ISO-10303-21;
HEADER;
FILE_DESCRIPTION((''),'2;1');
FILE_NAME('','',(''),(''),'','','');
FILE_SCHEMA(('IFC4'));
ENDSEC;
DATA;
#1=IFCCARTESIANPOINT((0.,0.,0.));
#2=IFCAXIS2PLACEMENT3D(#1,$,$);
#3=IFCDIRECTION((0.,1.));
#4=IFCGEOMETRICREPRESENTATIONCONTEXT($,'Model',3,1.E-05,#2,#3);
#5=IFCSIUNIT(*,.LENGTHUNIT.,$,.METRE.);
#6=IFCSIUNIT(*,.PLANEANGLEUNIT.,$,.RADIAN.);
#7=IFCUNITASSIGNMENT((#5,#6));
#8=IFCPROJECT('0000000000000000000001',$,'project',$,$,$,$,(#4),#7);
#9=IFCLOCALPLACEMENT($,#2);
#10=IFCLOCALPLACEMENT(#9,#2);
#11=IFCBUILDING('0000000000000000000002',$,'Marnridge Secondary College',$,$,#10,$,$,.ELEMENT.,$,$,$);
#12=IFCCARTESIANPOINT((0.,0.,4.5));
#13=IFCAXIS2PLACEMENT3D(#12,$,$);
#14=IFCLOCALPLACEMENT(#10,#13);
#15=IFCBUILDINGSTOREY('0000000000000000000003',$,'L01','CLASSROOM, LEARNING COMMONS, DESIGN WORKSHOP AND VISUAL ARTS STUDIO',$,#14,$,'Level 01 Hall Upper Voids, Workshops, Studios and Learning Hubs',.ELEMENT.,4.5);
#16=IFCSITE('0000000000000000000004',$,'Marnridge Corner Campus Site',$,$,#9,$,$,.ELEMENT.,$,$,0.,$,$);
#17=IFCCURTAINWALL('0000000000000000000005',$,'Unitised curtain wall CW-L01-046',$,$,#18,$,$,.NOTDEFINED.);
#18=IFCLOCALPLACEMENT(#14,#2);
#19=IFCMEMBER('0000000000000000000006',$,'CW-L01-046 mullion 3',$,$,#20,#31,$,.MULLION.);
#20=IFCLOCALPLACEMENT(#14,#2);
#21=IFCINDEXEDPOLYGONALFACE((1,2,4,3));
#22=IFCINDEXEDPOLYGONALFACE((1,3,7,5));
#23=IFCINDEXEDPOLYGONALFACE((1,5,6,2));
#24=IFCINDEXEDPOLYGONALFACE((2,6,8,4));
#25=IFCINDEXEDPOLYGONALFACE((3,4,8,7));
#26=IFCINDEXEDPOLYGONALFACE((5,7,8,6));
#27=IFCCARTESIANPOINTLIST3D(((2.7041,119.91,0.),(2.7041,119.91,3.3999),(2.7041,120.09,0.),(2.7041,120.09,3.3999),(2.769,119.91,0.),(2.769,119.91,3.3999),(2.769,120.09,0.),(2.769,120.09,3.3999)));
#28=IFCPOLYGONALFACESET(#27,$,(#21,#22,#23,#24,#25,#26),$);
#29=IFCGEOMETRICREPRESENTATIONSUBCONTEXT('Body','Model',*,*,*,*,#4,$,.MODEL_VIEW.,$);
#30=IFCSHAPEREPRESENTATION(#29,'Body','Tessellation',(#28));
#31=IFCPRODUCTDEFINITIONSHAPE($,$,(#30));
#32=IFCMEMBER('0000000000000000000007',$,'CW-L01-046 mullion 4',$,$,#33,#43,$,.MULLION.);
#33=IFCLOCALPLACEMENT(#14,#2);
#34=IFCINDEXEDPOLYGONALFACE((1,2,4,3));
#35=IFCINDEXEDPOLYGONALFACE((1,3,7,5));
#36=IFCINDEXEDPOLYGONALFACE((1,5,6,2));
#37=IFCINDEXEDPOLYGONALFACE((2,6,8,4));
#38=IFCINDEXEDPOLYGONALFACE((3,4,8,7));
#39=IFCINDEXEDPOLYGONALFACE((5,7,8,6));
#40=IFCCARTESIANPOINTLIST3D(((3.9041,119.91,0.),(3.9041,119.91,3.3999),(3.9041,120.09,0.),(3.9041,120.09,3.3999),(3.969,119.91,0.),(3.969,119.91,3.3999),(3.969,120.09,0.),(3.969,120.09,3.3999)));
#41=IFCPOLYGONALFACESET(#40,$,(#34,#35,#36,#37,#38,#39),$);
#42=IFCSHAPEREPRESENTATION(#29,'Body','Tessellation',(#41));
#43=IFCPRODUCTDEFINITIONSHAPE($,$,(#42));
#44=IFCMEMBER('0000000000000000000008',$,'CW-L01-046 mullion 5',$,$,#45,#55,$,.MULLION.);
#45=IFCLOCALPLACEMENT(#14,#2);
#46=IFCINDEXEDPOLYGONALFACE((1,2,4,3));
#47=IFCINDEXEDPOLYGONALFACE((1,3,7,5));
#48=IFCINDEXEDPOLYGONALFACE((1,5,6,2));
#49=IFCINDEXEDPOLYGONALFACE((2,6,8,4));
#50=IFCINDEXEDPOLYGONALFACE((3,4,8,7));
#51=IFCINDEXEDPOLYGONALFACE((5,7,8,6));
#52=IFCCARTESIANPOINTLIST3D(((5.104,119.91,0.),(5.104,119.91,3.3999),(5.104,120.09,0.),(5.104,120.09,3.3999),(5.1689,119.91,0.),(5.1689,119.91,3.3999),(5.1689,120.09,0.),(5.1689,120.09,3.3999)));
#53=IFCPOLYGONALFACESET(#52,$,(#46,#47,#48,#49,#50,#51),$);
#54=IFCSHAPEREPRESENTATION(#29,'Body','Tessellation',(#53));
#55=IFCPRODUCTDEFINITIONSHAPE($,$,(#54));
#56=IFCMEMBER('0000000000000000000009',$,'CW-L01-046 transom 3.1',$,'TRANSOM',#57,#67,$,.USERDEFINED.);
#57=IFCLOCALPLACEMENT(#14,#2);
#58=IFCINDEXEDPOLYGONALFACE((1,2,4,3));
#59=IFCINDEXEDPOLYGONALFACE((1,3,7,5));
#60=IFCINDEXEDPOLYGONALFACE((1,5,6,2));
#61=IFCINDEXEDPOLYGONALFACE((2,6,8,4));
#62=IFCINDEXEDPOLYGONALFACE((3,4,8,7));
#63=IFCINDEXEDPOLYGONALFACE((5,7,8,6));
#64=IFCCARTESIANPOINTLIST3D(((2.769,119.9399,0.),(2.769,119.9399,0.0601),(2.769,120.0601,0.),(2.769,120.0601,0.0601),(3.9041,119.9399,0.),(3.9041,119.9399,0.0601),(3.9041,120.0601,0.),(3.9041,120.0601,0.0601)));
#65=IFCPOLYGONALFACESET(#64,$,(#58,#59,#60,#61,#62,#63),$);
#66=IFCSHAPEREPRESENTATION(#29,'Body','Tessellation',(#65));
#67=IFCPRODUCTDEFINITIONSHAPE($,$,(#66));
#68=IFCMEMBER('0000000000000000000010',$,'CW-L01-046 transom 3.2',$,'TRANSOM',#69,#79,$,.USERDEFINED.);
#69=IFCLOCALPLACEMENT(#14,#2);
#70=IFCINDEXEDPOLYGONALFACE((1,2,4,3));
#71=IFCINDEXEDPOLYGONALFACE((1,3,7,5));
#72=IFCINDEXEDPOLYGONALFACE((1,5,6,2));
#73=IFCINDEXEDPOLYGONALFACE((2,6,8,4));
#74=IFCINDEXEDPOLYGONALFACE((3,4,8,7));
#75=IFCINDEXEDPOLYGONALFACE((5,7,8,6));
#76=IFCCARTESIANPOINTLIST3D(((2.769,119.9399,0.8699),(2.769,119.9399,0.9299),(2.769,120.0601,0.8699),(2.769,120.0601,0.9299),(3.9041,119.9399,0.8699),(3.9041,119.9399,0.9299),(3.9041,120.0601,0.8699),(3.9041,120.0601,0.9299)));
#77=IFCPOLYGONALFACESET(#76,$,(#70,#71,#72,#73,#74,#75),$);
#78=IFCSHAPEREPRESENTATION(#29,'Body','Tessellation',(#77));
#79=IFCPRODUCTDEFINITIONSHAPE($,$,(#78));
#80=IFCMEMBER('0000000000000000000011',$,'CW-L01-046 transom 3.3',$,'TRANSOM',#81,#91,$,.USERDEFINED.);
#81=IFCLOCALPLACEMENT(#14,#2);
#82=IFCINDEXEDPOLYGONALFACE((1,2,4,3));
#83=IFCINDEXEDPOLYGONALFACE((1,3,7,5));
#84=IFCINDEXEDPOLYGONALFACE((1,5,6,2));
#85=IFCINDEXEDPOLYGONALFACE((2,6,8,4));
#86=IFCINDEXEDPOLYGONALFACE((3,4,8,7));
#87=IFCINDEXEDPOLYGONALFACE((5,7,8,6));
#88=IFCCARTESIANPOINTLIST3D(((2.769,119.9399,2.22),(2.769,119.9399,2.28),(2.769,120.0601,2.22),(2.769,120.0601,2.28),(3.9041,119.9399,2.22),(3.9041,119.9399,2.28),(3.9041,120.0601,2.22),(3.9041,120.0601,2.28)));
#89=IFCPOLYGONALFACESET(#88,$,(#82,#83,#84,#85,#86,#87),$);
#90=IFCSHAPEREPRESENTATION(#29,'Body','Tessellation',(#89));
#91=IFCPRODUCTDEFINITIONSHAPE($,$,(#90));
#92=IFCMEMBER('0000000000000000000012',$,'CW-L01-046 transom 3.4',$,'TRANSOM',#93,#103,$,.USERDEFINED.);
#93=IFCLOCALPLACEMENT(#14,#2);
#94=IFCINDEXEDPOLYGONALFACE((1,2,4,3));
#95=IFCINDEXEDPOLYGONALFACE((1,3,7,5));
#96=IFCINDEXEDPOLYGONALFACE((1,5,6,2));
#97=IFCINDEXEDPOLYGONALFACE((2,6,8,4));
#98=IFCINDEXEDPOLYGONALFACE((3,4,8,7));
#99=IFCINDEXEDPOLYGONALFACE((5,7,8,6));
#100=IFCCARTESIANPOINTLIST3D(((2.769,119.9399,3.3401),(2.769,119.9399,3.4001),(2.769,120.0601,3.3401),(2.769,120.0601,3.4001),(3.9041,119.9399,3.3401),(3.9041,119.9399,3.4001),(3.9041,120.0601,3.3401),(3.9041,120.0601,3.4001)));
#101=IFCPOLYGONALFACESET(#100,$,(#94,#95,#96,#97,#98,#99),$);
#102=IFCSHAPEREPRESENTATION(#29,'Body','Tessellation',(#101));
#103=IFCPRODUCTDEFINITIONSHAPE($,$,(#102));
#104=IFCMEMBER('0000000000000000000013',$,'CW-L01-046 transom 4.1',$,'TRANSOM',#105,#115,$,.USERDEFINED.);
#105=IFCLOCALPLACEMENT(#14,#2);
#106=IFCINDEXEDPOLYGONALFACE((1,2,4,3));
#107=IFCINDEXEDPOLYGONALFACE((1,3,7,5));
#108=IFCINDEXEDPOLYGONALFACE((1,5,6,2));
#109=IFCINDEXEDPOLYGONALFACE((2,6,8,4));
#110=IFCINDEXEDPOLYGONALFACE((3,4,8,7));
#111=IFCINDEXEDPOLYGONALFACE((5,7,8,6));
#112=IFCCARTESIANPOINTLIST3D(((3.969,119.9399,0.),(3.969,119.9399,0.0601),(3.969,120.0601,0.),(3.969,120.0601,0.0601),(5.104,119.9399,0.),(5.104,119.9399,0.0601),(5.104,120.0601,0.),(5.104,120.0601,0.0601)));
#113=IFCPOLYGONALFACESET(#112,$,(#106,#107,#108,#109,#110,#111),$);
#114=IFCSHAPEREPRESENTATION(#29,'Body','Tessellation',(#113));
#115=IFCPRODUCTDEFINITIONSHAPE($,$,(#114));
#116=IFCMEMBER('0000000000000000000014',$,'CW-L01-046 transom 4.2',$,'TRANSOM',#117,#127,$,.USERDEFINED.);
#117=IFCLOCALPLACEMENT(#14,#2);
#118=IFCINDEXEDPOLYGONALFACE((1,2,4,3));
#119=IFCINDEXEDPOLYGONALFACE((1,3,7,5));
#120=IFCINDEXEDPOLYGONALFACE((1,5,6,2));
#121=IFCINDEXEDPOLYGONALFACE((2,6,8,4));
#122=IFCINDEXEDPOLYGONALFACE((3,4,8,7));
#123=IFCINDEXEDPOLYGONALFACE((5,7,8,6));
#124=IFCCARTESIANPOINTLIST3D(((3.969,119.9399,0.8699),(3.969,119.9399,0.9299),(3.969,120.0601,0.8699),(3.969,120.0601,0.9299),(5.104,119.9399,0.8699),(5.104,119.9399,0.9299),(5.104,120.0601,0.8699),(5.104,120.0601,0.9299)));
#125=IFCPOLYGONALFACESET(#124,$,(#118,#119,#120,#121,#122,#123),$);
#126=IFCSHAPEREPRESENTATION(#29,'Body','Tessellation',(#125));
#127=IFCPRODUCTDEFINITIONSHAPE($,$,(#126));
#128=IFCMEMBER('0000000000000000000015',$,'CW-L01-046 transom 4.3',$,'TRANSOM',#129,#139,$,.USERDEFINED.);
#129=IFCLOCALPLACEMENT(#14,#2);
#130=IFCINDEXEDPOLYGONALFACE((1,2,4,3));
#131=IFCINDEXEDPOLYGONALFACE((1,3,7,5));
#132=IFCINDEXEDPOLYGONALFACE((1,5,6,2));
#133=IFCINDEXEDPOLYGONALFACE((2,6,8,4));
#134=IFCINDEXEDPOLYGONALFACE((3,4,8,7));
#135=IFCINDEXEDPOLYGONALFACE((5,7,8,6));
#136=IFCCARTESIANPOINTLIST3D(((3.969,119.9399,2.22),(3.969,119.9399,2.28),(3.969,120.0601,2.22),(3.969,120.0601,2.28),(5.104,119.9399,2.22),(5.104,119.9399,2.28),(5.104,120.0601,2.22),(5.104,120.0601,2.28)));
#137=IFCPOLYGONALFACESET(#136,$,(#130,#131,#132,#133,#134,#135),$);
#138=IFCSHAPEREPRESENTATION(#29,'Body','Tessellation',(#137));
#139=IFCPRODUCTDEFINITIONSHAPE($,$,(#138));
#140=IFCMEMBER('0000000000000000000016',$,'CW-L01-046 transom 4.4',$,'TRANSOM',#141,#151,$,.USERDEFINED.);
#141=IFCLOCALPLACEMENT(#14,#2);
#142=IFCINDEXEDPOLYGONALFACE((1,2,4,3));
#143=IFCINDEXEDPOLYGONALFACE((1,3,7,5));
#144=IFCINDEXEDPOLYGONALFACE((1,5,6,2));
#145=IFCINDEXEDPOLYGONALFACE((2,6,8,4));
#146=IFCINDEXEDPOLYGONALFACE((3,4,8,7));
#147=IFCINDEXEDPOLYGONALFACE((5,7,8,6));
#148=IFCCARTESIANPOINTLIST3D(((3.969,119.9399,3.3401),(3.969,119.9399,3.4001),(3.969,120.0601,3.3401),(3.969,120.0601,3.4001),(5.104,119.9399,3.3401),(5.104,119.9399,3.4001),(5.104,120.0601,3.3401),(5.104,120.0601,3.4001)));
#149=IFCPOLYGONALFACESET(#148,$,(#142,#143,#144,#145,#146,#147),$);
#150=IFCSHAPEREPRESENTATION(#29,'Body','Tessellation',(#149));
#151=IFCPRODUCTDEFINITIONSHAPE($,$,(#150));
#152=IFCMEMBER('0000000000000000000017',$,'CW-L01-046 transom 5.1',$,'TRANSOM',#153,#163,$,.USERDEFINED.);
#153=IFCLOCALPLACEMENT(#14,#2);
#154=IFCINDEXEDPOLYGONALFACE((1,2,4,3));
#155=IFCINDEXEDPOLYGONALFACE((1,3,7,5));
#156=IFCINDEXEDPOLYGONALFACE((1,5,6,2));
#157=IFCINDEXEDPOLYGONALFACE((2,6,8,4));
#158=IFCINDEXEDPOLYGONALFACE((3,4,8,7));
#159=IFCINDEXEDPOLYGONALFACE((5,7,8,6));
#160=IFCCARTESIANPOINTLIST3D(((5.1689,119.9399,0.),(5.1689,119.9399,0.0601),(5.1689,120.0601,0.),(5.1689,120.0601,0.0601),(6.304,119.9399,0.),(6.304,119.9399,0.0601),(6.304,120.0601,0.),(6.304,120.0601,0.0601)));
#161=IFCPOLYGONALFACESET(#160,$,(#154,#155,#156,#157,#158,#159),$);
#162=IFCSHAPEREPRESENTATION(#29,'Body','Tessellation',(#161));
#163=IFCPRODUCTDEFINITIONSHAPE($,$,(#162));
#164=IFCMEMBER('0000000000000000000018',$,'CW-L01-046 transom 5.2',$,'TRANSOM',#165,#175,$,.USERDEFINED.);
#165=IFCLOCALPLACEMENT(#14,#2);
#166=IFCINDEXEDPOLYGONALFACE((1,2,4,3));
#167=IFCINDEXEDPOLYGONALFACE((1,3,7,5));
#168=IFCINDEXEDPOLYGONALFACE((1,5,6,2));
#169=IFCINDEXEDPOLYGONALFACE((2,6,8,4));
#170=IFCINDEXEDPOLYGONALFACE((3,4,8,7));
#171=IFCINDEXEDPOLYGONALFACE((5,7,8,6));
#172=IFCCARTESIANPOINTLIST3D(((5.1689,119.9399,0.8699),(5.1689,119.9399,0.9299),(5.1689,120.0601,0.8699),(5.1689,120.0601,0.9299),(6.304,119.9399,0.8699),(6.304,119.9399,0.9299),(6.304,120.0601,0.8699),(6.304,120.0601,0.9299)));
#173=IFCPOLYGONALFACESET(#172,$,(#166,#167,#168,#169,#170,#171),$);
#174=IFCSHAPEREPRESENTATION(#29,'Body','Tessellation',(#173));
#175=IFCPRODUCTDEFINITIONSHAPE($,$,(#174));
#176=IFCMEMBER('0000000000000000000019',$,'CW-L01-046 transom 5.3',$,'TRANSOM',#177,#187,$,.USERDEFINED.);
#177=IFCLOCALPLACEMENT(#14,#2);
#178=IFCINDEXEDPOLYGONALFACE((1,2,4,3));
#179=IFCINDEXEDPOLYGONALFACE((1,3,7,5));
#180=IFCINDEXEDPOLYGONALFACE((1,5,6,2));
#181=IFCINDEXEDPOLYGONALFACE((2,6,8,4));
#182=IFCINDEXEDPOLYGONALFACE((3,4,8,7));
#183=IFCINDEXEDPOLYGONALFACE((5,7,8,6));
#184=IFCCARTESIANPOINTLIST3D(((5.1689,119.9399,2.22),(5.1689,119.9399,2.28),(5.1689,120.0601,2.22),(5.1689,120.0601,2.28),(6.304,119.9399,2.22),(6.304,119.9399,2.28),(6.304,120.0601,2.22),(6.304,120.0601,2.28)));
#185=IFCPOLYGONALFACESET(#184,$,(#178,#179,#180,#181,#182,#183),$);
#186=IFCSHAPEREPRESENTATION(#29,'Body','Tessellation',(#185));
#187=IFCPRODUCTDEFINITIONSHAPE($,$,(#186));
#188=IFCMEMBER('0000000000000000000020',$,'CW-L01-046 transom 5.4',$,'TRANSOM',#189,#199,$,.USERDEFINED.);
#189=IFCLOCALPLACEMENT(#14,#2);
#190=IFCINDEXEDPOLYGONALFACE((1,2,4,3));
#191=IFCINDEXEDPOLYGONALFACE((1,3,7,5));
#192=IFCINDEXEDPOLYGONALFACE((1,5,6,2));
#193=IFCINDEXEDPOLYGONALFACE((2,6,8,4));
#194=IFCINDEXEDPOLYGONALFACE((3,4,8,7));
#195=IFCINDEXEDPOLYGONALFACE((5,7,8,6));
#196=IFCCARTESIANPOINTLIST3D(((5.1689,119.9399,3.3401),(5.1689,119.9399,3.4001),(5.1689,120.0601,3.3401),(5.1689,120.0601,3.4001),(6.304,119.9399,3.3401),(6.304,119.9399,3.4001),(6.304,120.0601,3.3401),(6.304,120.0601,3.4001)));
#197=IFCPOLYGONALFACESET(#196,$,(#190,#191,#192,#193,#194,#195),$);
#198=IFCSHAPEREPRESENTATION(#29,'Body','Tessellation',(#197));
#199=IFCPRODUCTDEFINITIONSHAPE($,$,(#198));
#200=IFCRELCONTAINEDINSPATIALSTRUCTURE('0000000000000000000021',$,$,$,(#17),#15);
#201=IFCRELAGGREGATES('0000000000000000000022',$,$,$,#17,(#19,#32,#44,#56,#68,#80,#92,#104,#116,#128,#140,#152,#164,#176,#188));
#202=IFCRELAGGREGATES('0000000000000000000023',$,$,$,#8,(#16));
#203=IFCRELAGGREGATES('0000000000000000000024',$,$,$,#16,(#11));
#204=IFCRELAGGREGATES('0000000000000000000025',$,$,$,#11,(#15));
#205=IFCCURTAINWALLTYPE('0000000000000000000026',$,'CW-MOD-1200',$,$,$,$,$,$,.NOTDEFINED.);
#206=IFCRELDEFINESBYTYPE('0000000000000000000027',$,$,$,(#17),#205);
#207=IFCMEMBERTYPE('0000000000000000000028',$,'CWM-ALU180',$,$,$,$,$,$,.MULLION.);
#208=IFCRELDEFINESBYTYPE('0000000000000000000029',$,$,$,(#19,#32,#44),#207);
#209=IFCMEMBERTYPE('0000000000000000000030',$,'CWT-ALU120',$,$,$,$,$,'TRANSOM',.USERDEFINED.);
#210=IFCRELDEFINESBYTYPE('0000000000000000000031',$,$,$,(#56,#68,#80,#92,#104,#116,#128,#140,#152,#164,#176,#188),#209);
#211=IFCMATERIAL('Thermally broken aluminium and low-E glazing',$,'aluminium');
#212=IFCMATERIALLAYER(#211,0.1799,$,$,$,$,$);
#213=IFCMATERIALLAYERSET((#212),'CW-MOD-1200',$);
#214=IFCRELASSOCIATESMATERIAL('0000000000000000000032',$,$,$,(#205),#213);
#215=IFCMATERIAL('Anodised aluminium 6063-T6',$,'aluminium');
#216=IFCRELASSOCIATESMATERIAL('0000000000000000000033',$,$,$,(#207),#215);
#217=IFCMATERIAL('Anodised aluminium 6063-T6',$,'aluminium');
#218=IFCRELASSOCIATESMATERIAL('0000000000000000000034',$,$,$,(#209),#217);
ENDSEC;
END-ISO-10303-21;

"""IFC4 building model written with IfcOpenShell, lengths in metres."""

from ifc_helpers import new_model, si_unit, direction, frame, origin, origin_2d, place, context, subcontext, project, spatial, rectangle, extrude, material, layer, layer_set, material_profile, profile_set, type_object, element, aggregate, save


model = new_model("IFC4")

# Units and contexts
model_context = context("Model", 3, precision=1e-05, world=origin(), true_north=direction((0.0, 1.0)))
body_context = subcontext(model_context, "Body", "Model", "MODEL_VIEW")
ifc_project = project(units=[si_unit("LENGTHUNIT", "METRE"), si_unit("PLANEANGLEUNIT", "RADIAN")], contexts=[model_context])

# Site, building, storey
site_placement = place(None, origin())
site = spatial("IfcSite", under=ifc_project, at=site_placement, Name="Marnridge Corner Campus Site", CompositionType="ELEMENT", RefElevation=0.0)
building_placement = place(site_placement, origin())
building = spatial("IfcBuilding", under=site, at=building_placement, Name="Marnridge Secondary College", CompositionType="ELEMENT")
storey_placement = place(building_placement, frame((0.0, 0.0, 4.5)))
storey = spatial("IfcBuildingStorey", under=building, at=storey_placement, Name="L01", Description="CLASSROOM, LEARNING COMMONS, DESIGN WORKSHOP AND VISUAL ARTS STUDIO", LongName="Level 01 Hall Upper Voids, Workshops, Studios and Learning Hubs", CompositionType="ELEMENT", Elevation=4.5)

# Curtain wall, members
ifc_material_1 = material(Name="Thermally broken aluminium and low-E glazing", Category="aluminium")
ifc_layer_1 = layer(ifc_material_1, 0.1799)
ifc_layer_set_1 = layer_set([ifc_layer_1], Name="CW-MOD-1200")
curtain_wall_type = type_object("IfcCurtainWallType", Name="CW-MOD-1200", PredefinedType="NOTDEFINED", material=ifc_layer_set_1)
curtain_wall_placement = place(storey_placement, origin())
curtain_wall = element("IfcCurtainWall", 1, at=curtain_wall_placement, inside=storey, type_object=curtain_wall_type, Name="Unitised curtain wall CW-L01-046", PredefinedType="NOTDEFINED")
ifc_material_2 = material(Name="Anodised aluminium 6063-T6", Category="aluminium")
ifc_material_profile_1 = material_profile(ifc_material_2, rectangle(XDim=0.0649, YDim=0.1799, at=origin_2d()), Name="ALU 65x180")
ifc_profile_set_1 = profile_set([ifc_material_profile_1], Name="Anodised aluminium 6063-T6")
member_type_1 = type_object("IfcMemberType", Name="CWM-ALU180", PredefinedType="MULLION", material=ifc_profile_set_1)
member_1_placement = place(storey_placement, frame((2.7366, 120.0, 0.0), z_axis=(0.0, 0.0, 1.0), x_axis=(1.0, 0.0, 0.0)))
member_1 = element("IfcMember", 2, at=member_1_placement, type_object=member_type_1, Name="CW-L01-046 mullion 3", PredefinedType="MULLION", context=body_context, shape_type="SweptSolid", body=[
    extrude(rectangle(XDim=0.0649, YDim=0.1799, at=origin_2d()), origin(), (0.0, 0.0, 1.0), 3.3999),
])
member_2_placement = place(storey_placement, frame((3.9365, 120.0, 0.0), z_axis=(0.0, 0.0, 1.0), x_axis=(1.0, 0.0, 0.0)))
member_2 = element("IfcMember", 3, at=member_2_placement, type_object=member_type_1, Name="CW-L01-046 mullion 4", PredefinedType="MULLION", context=body_context, shape_type="SweptSolid", body=[
    extrude(rectangle(XDim=0.0649, YDim=0.1799, at=origin_2d()), origin(), (0.0, 0.0, 1.0), 3.3999),
])
member_3_placement = place(storey_placement, frame((5.1365, 120.0, 0.0), z_axis=(0.0, 0.0, 1.0), x_axis=(1.0, 0.0, 0.0)))
member_3 = element("IfcMember", 4, at=member_3_placement, type_object=member_type_1, Name="CW-L01-046 mullion 5", PredefinedType="MULLION", context=body_context, shape_type="SweptSolid", body=[
    extrude(rectangle(XDim=0.0649, YDim=0.1799, at=origin_2d()), origin(), (0.0, 0.0, 1.0), 3.3999),
])
ifc_material_3 = material(Name="Anodised aluminium 6063-T6", Category="aluminium")
ifc_material_profile_2 = material_profile(ifc_material_3, rectangle(XDim=0.0601, YDim=0.1201, at=origin_2d()), Name="ALU 60x120")
ifc_profile_set_2 = profile_set([ifc_material_profile_2], Name="Anodised aluminium 6063-T6")
member_type_2 = type_object("IfcMemberType", Name="CWT-ALU120", ElementType="TRANSOM", PredefinedType="USERDEFINED", material=ifc_profile_set_2)
member_4_placement = place(storey_placement, frame((2.769, 120.0, 0.03), z_axis=(1.0, 0.0, 0.0), x_axis=(0.0, 0.0, 1.0)))
member_4 = element("IfcMember", 5, at=member_4_placement, type_object=member_type_2, Name="CW-L01-046 transom 3.1", ObjectType="TRANSOM", PredefinedType="USERDEFINED", context=body_context, shape_type="SweptSolid", body=[
    extrude(rectangle(XDim=0.0601, YDim=0.1201, at=origin_2d()), origin(), (0.0, 0.0, 1.0), 1.135),
])
member_5_placement = place(storey_placement, frame((2.769, 120.0, 0.8999), z_axis=(1.0, 0.0, 0.0), x_axis=(0.0, 0.0, 1.0)))
member_5 = element("IfcMember", 6, at=member_5_placement, type_object=member_type_2, Name="CW-L01-046 transom 3.2", ObjectType="TRANSOM", PredefinedType="USERDEFINED", context=body_context, shape_type="SweptSolid", body=[
    extrude(rectangle(XDim=0.0601, YDim=0.1201, at=origin_2d()), origin(), (0.0, 0.0, 1.0), 1.135),
])
member_6_placement = place(storey_placement, frame((2.769, 120.0, 2.25), z_axis=(1.0, 0.0, 0.0), x_axis=(0.0, 0.0, 1.0)))
member_6 = element("IfcMember", 7, at=member_6_placement, type_object=member_type_2, Name="CW-L01-046 transom 3.3", ObjectType="TRANSOM", PredefinedType="USERDEFINED", context=body_context, shape_type="SweptSolid", body=[
    extrude(rectangle(XDim=0.0601, YDim=0.1201, at=origin_2d()), origin(), (0.0, 0.0, 1.0), 1.135),
])
member_7_placement = place(storey_placement, frame((2.769, 120.0, 3.3701), z_axis=(1.0, 0.0, 0.0), x_axis=(0.0, 0.0, 1.0)))
member_7 = element("IfcMember", 8, at=member_7_placement, type_object=member_type_2, Name="CW-L01-046 transom 3.4", ObjectType="TRANSOM", PredefinedType="USERDEFINED", context=body_context, shape_type="SweptSolid", body=[
    extrude(rectangle(XDim=0.0601, YDim=0.1201, at=origin_2d()), origin(), (0.0, 0.0, 1.0), 1.135),
])
member_8_placement = place(storey_placement, frame((3.969, 120.0, 0.03), z_axis=(1.0, 0.0, 0.0), x_axis=(0.0, 0.0, 1.0)))
member_8 = element("IfcMember", 9, at=member_8_placement, type_object=member_type_2, Name="CW-L01-046 transom 4.1", ObjectType="TRANSOM", PredefinedType="USERDEFINED", context=body_context, shape_type="SweptSolid", body=[
    extrude(rectangle(XDim=0.0601, YDim=0.1201, at=origin_2d()), origin(), (0.0, 0.0, 1.0), 1.135),
])
member_9_placement = place(storey_placement, frame((3.969, 120.0, 0.8999), z_axis=(1.0, 0.0, 0.0), x_axis=(0.0, 0.0, 1.0)))
member_9 = element("IfcMember", 10, at=member_9_placement, type_object=member_type_2, Name="CW-L01-046 transom 4.2", ObjectType="TRANSOM", PredefinedType="USERDEFINED", context=body_context, shape_type="SweptSolid", body=[
    extrude(rectangle(XDim=0.0601, YDim=0.1201, at=origin_2d()), origin(), (0.0, 0.0, 1.0), 1.135),
])
member_10_placement = place(storey_placement, frame((3.969, 120.0, 2.25), z_axis=(1.0, 0.0, 0.0), x_axis=(0.0, 0.0, 1.0)))
member_10 = element("IfcMember", 11, at=member_10_placement, type_object=member_type_2, Name="CW-L01-046 transom 4.3", ObjectType="TRANSOM", PredefinedType="USERDEFINED", context=body_context, shape_type="SweptSolid", body=[
    extrude(rectangle(XDim=0.0601, YDim=0.1201, at=origin_2d()), origin(), (0.0, 0.0, 1.0), 1.135),
])
member_11_placement = place(storey_placement, frame((3.969, 120.0, 3.3701), z_axis=(1.0, 0.0, 0.0), x_axis=(0.0, 0.0, 1.0)))
member_11 = element("IfcMember", 12, at=member_11_placement, type_object=member_type_2, Name="CW-L01-046 transom 4.4", ObjectType="TRANSOM", PredefinedType="USERDEFINED", context=body_context, shape_type="SweptSolid", body=[
    extrude(rectangle(XDim=0.0601, YDim=0.1201, at=origin_2d()), origin(), (0.0, 0.0, 1.0), 1.135),
])
member_12_placement = place(storey_placement, frame((5.1689, 120.0, 0.03), z_axis=(1.0, 0.0, 0.0), x_axis=(0.0, 0.0, 1.0)))
member_12 = element("IfcMember", 13, at=member_12_placement, type_object=member_type_2, Name="CW-L01-046 transom 5.1", ObjectType="TRANSOM", PredefinedType="USERDEFINED", context=body_context, shape_type="SweptSolid", body=[
    extrude(rectangle(XDim=0.0601, YDim=0.1201, at=origin_2d()), origin(), (0.0, 0.0, 1.0), 1.135),
])
member_13_placement = place(storey_placement, frame((5.1689, 120.0, 0.8999), z_axis=(1.0, 0.0, 0.0), x_axis=(0.0, 0.0, 1.0)))
member_13 = element("IfcMember", 14, at=member_13_placement, type_object=member_type_2, Name="CW-L01-046 transom 5.2", ObjectType="TRANSOM", PredefinedType="USERDEFINED", context=body_context, shape_type="SweptSolid", body=[
    extrude(rectangle(XDim=0.0601, YDim=0.1201, at=origin_2d()), origin(), (0.0, 0.0, 1.0), 1.135),
])
member_14_placement = place(storey_placement, frame((5.1689, 120.0, 2.25), z_axis=(1.0, 0.0, 0.0), x_axis=(0.0, 0.0, 1.0)))
member_14 = element("IfcMember", 15, at=member_14_placement, type_object=member_type_2, Name="CW-L01-046 transom 5.3", ObjectType="TRANSOM", PredefinedType="USERDEFINED", context=body_context, shape_type="SweptSolid", body=[
    extrude(rectangle(XDim=0.0601, YDim=0.1201, at=origin_2d()), origin(), (0.0, 0.0, 1.0), 1.135),
])
member_15_placement = place(storey_placement, frame((5.1689, 120.0, 3.3701), z_axis=(1.0, 0.0, 0.0), x_axis=(0.0, 0.0, 1.0)))
member_15 = element("IfcMember", 16, at=member_15_placement, type_object=member_type_2, Name="CW-L01-046 transom 5.4", ObjectType="TRANSOM", PredefinedType="USERDEFINED", context=body_context, shape_type="SweptSolid", body=[
    extrude(rectangle(XDim=0.0601, YDim=0.1201, at=origin_2d()), origin(), (0.0, 0.0, 1.0), 1.135),
])
aggregate(curtain_wall, [member_1, member_2, member_3, member_4, member_5, member_6, member_7, member_8, member_9, member_10, member_11, member_12, member_13, member_14, member_15])

save(model, "model.ifc")
